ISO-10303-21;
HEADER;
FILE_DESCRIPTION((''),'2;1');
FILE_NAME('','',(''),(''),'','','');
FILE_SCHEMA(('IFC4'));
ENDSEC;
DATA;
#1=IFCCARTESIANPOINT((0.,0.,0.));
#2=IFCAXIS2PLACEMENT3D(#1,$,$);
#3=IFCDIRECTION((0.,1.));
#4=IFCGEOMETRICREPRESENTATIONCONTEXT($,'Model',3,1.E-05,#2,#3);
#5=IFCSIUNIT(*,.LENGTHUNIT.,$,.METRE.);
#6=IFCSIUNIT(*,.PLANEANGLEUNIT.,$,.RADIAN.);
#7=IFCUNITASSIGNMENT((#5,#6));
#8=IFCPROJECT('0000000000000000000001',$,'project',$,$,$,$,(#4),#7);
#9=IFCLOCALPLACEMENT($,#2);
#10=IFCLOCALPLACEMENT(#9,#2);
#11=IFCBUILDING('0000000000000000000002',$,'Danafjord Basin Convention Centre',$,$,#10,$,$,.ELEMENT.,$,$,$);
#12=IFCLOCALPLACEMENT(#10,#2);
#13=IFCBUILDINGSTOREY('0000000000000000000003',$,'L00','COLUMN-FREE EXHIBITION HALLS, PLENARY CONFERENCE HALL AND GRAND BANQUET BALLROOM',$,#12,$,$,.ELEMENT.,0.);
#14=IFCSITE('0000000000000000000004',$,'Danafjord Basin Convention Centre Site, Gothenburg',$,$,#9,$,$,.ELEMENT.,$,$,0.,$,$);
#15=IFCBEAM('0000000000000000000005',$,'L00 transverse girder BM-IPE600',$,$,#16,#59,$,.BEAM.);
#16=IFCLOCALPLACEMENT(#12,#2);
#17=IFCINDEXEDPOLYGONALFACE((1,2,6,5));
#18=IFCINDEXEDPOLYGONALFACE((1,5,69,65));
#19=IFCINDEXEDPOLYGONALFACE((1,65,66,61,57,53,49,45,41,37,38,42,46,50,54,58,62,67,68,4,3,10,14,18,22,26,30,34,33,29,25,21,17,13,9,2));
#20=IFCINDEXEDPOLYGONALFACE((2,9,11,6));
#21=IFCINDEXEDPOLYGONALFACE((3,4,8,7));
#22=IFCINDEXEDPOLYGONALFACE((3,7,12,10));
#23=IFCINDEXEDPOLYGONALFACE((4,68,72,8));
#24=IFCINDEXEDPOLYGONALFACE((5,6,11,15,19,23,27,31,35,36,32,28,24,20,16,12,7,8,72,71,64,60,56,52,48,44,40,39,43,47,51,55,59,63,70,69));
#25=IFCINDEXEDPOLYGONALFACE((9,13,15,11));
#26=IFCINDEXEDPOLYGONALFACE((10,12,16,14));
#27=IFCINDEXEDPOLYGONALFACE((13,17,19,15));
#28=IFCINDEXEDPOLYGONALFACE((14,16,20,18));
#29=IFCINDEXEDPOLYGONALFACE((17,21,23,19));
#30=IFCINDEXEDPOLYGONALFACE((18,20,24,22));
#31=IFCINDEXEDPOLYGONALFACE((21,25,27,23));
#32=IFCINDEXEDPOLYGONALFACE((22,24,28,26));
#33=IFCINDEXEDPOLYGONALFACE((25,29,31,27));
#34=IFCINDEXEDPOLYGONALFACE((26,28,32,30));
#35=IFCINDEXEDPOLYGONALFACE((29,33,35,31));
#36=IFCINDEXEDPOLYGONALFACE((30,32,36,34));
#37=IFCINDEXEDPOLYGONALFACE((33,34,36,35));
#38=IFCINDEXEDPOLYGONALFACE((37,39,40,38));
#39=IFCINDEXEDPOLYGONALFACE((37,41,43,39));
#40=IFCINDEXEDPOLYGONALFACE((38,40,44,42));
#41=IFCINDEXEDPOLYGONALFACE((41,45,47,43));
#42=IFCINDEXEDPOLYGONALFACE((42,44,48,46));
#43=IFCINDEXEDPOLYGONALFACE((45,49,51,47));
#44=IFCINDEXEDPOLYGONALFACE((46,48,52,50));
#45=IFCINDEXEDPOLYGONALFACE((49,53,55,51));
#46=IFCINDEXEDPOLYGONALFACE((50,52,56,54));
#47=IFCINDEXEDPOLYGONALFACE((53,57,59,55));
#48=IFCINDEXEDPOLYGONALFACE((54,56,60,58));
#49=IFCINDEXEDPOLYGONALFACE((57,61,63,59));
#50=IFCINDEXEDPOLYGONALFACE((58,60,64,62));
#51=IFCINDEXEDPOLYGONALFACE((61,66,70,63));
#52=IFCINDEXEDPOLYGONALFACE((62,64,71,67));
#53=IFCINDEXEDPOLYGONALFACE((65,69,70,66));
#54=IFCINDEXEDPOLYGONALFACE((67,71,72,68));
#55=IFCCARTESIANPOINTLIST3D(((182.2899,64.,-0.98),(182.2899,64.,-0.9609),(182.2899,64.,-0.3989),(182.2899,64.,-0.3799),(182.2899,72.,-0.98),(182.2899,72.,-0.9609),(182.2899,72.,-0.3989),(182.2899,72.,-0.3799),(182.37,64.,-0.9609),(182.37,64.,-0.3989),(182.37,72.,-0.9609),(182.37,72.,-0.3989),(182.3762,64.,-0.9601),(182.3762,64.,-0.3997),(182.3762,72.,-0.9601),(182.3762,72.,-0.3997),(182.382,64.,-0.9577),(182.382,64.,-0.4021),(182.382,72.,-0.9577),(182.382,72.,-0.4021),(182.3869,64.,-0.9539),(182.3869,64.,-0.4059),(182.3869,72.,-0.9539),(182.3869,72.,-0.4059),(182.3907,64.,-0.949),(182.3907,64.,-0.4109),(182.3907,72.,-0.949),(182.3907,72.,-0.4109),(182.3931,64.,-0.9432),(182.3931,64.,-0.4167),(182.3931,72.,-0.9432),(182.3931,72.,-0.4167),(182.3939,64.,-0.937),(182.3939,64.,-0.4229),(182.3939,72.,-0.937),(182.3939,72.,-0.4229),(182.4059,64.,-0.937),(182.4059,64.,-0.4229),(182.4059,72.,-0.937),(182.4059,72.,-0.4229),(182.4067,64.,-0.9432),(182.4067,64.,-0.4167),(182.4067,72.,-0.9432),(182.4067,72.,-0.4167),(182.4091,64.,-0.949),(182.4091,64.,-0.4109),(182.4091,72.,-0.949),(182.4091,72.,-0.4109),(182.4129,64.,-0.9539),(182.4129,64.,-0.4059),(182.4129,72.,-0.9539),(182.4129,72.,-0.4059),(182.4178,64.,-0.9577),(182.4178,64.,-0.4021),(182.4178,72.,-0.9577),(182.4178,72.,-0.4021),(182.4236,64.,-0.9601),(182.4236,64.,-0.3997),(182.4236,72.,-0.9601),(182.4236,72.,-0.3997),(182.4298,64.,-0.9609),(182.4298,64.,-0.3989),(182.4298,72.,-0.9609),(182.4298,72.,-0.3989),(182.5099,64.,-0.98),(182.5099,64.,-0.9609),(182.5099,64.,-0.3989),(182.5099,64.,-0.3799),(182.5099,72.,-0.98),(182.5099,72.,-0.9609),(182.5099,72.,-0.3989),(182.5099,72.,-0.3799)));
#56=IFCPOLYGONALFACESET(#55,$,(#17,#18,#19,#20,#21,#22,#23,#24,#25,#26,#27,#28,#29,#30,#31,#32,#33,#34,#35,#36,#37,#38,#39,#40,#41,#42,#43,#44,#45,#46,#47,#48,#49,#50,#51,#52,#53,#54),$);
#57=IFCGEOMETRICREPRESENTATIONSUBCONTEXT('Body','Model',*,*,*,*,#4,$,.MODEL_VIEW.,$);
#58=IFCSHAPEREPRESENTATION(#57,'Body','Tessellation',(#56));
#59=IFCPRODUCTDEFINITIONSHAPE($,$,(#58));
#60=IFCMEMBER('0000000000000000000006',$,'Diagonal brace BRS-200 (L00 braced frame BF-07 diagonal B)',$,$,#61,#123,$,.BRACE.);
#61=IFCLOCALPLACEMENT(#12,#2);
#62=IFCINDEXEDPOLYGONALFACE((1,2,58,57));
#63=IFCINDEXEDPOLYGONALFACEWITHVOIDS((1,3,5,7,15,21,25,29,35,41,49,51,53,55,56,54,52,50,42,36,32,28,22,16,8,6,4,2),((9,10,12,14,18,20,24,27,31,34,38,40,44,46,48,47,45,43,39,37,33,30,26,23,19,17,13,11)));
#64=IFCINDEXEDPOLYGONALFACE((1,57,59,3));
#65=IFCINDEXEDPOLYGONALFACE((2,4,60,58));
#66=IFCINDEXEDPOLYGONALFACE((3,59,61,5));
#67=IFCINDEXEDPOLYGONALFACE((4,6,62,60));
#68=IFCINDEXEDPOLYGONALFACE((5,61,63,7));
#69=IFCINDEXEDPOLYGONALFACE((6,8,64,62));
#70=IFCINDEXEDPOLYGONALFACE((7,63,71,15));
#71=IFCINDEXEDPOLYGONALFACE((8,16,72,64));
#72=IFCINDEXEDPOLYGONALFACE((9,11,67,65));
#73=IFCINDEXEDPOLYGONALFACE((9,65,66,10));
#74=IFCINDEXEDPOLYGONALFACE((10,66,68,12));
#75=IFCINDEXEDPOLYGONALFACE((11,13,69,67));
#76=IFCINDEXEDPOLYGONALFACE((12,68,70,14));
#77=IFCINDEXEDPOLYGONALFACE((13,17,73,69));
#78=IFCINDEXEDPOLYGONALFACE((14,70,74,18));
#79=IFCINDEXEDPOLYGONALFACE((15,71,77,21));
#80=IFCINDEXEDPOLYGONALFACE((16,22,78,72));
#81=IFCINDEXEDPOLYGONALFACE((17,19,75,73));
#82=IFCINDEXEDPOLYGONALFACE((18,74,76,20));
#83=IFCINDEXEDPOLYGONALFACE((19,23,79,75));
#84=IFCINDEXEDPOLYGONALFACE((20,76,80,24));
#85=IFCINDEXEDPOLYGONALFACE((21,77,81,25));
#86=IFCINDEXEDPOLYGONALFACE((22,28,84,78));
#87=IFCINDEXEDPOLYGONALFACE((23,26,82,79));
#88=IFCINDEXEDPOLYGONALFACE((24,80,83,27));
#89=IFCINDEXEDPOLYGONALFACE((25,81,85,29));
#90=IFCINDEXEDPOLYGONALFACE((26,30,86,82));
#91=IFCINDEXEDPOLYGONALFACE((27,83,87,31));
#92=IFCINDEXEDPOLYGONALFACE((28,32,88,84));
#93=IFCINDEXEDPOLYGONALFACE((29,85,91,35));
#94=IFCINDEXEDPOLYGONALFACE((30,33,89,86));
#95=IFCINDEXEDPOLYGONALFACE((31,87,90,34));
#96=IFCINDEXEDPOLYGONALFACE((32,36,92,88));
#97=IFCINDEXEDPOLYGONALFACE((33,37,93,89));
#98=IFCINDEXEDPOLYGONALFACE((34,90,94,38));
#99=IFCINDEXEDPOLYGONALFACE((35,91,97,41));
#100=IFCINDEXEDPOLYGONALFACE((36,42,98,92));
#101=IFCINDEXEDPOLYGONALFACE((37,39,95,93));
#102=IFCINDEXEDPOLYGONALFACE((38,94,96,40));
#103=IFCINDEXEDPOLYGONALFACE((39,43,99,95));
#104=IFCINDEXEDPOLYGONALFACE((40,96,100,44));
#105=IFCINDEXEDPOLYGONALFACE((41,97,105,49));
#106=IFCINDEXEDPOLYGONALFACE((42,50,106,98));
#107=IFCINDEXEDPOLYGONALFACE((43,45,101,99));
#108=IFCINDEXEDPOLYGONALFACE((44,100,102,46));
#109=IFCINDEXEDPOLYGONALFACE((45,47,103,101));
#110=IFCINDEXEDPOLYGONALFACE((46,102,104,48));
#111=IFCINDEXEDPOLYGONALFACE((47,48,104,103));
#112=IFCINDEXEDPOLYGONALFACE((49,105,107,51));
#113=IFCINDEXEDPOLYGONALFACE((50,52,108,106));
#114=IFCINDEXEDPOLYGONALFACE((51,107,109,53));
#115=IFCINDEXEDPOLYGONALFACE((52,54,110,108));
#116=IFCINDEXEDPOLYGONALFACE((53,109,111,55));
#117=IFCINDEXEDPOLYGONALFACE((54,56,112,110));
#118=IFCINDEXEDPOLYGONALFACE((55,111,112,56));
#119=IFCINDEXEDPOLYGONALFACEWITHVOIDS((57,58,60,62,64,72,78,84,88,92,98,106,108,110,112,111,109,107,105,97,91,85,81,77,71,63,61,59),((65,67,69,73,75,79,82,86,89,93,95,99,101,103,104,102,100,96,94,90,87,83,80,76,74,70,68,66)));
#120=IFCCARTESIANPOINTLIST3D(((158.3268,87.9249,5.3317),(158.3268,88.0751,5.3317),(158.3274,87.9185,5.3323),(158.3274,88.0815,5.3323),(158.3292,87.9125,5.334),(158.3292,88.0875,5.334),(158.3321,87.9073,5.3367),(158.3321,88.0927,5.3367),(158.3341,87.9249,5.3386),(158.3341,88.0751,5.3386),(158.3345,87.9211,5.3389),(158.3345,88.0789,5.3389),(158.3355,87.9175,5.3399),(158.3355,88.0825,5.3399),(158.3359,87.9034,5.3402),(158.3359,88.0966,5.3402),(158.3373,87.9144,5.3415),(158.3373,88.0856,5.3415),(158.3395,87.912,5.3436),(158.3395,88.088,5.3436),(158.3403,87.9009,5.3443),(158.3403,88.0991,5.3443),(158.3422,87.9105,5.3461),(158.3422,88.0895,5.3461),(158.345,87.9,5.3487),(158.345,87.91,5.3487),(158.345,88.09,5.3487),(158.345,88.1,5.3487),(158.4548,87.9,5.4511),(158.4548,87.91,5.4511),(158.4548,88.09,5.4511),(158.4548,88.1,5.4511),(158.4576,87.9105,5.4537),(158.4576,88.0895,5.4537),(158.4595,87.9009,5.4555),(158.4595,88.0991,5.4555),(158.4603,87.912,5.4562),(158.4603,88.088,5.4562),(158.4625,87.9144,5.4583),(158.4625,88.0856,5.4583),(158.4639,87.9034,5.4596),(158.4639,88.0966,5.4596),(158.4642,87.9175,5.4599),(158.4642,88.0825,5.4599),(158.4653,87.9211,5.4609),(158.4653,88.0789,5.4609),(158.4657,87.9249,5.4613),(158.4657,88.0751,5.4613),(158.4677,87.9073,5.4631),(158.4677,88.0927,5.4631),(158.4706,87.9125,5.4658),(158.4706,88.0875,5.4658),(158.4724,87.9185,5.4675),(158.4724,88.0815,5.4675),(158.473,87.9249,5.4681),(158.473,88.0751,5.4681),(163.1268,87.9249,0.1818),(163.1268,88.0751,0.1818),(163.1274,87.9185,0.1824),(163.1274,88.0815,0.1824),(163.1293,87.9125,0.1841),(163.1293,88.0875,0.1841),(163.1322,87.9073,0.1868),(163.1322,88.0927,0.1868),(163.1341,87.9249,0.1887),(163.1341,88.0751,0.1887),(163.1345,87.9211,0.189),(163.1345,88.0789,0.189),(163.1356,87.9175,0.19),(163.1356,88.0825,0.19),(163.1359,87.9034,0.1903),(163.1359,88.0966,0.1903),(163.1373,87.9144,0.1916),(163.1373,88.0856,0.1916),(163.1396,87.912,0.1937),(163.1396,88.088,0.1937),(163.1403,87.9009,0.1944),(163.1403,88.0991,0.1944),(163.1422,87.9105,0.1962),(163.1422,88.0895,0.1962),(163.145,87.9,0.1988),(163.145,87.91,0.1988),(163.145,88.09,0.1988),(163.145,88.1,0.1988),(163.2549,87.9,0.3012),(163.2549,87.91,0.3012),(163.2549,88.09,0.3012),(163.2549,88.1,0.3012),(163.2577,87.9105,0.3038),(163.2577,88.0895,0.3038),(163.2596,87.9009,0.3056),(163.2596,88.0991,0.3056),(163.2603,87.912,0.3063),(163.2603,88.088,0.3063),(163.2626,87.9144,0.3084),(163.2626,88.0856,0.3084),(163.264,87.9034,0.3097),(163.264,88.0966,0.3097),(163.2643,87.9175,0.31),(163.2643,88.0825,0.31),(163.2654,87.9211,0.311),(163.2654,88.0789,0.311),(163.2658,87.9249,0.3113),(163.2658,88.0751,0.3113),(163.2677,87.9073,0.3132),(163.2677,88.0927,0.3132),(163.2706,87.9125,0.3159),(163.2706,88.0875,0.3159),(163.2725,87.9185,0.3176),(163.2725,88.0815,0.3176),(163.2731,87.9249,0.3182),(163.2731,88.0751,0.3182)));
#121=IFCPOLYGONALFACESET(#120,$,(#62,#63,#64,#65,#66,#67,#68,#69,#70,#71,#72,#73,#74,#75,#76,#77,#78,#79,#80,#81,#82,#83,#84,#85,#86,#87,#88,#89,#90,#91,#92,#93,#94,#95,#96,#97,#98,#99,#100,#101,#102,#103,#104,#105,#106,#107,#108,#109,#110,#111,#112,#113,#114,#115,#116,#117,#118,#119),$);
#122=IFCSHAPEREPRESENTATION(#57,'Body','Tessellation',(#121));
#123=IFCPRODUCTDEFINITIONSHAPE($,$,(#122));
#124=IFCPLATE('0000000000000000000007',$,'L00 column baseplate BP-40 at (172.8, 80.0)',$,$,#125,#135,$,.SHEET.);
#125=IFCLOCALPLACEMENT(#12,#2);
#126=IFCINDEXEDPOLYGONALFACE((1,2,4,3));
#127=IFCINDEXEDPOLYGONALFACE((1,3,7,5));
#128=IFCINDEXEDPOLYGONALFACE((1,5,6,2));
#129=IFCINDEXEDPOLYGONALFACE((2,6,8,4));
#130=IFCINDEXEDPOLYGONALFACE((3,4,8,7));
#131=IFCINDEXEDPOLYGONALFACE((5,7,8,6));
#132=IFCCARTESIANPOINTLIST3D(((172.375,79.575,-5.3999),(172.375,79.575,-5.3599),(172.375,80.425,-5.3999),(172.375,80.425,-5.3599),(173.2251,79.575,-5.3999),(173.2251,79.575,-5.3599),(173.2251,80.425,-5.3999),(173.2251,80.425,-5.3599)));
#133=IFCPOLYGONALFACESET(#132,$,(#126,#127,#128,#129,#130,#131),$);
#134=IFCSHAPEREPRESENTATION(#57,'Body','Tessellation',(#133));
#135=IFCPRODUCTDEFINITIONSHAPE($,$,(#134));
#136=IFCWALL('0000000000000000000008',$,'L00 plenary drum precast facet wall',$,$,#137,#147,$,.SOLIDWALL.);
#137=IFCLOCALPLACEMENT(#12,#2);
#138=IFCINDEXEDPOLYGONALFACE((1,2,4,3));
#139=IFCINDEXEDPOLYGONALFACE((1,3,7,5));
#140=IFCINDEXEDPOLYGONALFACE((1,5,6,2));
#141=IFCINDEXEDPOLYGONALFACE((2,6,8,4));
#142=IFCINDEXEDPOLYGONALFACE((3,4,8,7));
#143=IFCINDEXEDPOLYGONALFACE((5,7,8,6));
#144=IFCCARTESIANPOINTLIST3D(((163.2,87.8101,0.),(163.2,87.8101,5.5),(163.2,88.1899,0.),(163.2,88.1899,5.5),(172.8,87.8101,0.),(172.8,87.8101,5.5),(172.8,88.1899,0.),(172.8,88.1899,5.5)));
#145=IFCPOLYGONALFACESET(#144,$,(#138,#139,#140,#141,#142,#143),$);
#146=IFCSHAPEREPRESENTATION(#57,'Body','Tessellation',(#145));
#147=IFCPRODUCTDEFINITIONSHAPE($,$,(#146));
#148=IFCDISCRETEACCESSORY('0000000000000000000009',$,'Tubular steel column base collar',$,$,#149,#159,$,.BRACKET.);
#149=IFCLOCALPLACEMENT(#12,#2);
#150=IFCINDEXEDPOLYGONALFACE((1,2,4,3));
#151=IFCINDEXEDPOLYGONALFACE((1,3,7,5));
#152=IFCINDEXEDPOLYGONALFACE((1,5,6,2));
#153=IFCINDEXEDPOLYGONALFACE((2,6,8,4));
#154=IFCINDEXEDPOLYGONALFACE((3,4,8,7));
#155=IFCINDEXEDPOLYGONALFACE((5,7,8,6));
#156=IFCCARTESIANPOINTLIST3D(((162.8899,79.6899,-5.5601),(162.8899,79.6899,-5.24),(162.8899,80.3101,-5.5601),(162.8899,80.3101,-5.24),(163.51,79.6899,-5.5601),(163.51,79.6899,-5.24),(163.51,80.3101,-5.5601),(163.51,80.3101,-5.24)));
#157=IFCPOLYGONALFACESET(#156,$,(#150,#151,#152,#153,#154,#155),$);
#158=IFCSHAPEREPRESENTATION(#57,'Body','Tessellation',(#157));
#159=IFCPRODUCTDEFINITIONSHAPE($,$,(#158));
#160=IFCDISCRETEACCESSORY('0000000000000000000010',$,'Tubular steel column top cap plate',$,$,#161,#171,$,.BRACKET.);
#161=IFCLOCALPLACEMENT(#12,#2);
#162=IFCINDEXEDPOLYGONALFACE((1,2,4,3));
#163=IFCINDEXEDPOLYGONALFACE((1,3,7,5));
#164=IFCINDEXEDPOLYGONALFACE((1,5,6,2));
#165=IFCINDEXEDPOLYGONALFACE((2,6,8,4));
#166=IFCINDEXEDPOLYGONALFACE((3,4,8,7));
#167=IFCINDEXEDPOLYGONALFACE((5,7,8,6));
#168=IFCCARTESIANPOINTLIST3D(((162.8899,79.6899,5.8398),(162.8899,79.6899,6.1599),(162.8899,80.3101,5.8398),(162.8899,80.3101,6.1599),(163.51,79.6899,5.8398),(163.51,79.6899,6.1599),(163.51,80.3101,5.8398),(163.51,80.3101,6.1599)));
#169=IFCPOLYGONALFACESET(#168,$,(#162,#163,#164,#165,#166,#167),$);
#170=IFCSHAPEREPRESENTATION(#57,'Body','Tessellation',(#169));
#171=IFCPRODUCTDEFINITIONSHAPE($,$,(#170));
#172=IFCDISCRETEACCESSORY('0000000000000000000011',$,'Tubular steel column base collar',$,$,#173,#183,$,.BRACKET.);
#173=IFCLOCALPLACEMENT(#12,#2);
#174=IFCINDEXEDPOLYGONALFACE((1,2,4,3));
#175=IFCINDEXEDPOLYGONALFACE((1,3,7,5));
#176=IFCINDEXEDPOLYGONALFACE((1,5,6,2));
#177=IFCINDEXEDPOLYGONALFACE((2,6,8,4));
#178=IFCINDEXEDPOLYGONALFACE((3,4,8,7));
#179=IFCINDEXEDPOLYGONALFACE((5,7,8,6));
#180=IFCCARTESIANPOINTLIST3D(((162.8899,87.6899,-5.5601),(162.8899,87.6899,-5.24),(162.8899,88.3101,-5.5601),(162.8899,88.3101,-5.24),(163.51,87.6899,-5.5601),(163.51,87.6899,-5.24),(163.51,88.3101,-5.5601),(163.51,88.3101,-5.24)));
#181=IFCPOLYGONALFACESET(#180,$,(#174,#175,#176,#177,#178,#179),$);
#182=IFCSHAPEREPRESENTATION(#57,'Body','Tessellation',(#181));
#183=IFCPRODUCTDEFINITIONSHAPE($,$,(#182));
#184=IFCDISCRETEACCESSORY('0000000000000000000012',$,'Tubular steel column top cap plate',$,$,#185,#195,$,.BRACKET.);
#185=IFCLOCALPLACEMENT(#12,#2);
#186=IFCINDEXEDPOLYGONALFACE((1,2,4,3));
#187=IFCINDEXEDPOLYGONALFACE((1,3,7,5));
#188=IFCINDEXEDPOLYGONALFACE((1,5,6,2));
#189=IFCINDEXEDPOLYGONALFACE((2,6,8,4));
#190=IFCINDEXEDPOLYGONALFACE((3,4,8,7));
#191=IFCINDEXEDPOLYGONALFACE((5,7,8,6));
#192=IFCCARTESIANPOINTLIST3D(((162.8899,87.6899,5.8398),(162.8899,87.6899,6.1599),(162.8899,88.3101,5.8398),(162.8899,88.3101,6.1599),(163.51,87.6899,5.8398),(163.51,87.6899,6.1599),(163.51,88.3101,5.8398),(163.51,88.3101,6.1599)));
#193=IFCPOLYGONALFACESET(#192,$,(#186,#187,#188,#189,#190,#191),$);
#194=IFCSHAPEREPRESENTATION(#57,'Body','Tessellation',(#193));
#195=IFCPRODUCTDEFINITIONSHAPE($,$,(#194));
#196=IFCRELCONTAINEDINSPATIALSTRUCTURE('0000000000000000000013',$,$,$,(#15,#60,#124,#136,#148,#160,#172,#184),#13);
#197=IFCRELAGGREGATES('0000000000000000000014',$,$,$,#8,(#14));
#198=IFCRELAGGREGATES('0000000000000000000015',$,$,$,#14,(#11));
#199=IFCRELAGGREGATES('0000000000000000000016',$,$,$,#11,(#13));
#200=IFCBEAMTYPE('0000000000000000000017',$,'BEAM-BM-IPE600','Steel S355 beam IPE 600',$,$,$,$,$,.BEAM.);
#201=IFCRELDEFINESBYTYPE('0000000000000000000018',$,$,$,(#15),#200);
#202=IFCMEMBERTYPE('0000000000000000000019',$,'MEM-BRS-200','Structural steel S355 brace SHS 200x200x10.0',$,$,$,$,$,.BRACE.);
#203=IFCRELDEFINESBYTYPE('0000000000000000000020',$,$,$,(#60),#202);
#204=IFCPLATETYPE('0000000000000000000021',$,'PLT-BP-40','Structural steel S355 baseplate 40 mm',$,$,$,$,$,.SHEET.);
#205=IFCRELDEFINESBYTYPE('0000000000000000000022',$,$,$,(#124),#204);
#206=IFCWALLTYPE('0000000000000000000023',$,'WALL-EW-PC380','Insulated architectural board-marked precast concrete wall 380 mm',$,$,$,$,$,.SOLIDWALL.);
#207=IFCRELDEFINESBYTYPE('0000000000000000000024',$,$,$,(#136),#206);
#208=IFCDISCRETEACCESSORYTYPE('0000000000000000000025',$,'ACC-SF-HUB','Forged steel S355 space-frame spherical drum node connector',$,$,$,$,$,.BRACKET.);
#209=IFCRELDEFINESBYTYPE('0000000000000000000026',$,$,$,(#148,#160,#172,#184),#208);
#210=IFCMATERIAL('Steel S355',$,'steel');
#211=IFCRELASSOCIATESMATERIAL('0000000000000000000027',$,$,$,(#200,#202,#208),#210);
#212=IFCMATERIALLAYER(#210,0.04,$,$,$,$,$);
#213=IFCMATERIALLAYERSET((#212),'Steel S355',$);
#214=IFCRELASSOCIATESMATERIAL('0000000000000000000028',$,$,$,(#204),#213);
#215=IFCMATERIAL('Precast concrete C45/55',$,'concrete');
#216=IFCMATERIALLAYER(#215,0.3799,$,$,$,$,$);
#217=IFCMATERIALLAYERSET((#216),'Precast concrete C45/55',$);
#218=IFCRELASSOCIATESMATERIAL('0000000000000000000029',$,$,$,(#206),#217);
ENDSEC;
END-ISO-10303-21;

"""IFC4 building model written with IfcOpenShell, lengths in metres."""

from ifc_helpers import new_model, si_unit, direction, frame, frame_2d, origin, origin_2d, place, context, subcontext, project, spatial, rectangle, hollow_rectangle, i_section, extrude, material, layer, layer_set, material_profile, profile_set, type_object, element, save


model = new_model("IFC4")

# Units and contexts
model_context = context("Model", 3, precision=1e-05, world=origin(), true_north=direction((0.0, 1.0)))
body_context = subcontext(model_context, "Body", "Model", "MODEL_VIEW")
ifc_project = project(units=[si_unit("LENGTHUNIT", "METRE"), si_unit("PLANEANGLEUNIT", "RADIAN")], contexts=[model_context])

# Site, building, storey
site_placement = place(None, origin())
site = spatial("IfcSite", under=ifc_project, at=site_placement, Name="Danafjord Basin Convention Centre Site, Gothenburg", CompositionType="ELEMENT", RefElevation=0.0)
building_placement = place(site_placement, origin())
building = spatial("IfcBuilding", under=site, at=building_placement, Name="Danafjord Basin Convention Centre", CompositionType="ELEMENT")
storey_placement = place(building_placement, origin())
storey = spatial("IfcBuildingStorey", under=building, at=storey_placement, Name="L00", Description="COLUMN-FREE EXHIBITION HALLS, PLENARY CONFERENCE HALL AND GRAND BANQUET BALLROOM", CompositionType="ELEMENT", Elevation=0.0)

# Shared definitions
ifc_material_1 = material(Name="Steel S355", Category="steel")

# Beam
ifc_material_profile_1 = material_profile(ifc_material_1, i_section(OverallWidth=0.22, OverallDepth=0.6001, WebThickness=0.012, FlangeThickness=0.019, FilletRadius=0.0239, at=origin_2d()), Name="IPE 600")
ifc_profile_set_1 = profile_set([ifc_material_profile_1], Name="Steel S355")
beam_type_1 = type_object("IfcBeamType", Name="BEAM-BM-IPE600", Description="Steel S355 beam IPE 600", PredefinedType="BEAM", material=ifc_profile_set_1)
beam_1_placement = place(storey_placement, frame((182.3999, 64.0, -0.6799), z_axis=(0.0, 1.0, 0.0), x_axis=(-1.0, 0.0, 0.0)))
element("IfcBeam", 1, at=beam_1_placement, inside=storey, type_object=beam_type_1, Name="L00 transverse girder BM-IPE600", PredefinedType="BEAM", context=body_context, shape_type="SweptSolid", body=[
    extrude(i_section(OverallWidth=0.22, OverallDepth=0.6001, WebThickness=0.012, FlangeThickness=0.019, FilletRadius=0.0239, at=origin_2d()), origin(), (0.0, 0.0, 1.0), 8.0),
])

# Member
ifc_material_profile_2 = material_profile(ifc_material_1, hollow_rectangle(XDim=0.2, YDim=0.2, WallThickness=0.01, InnerFilletRadius=0.0149, OuterFilletRadius=0.0249, at=origin_2d()), Name="SHS 200x200x10.0")
ifc_profile_set_2 = profile_set([ifc_material_profile_2], Name="Steel S355")
member_type = type_object("IfcMemberType", Name="MEM-BRS-200", Description="Structural steel S355 brace SHS 200x200x10.0", PredefinedType="BRACE", material=ifc_profile_set_2)
member_placement = place(storey_placement, frame((163.2, 88.0, 0.25), z_axis=(-0.681823, 0.0, 0.731518), x_axis=(0.0, -1.0, 0.0)))
element("IfcMember", 2, at=member_placement, inside=storey, type_object=member_type, Name="Diagonal brace BRS-200 (L00 braced frame BF-07 diagonal B)", PredefinedType="BRACE", context=body_context, shape_type="SweptSolid", body=[
    extrude(hollow_rectangle(XDim=0.2, YDim=0.2, WallThickness=0.01, InnerFilletRadius=0.0149, OuterFilletRadius=0.0249, at=origin_2d()), origin(), (0.0, 0.0, 1.0), 7.04),
])

# Plate
ifc_layer_1 = layer(ifc_material_1, 0.04)
ifc_layer_set_1 = layer_set([ifc_layer_1], Name="Steel S355")
plate_type = type_object("IfcPlateType", Name="PLT-BP-40", Description="Structural steel S355 baseplate 40 mm", PredefinedType="SHEET", material=ifc_layer_set_1)
plate_placement = place(storey_placement, frame((172.8, 80.0, -5.3999), z_axis=(0.0, 0.0, 1.0), x_axis=(1.0, 0.0, 0.0)))
element("IfcPlate", 3, at=plate_placement, inside=storey, type_object=plate_type, Name="L00 column baseplate BP-40 at (172.8, 80.0)", PredefinedType="SHEET", context=body_context, shape_type="SweptSolid", body=[
    extrude(rectangle(XDim=0.8501, YDim=0.8501, at=origin_2d()), origin(), (0.0, 0.0, 1.0), 0.04),
])

# Wall
ifc_material_2 = material(Name="Precast concrete C45/55", Category="concrete")
ifc_layer_2 = layer(ifc_material_2, 0.3799)
ifc_layer_set_2 = layer_set([ifc_layer_2], Name="Precast concrete C45/55")
wall_type = type_object("IfcWallType", Name="WALL-EW-PC380", Description="Insulated architectural board-marked precast concrete wall 380 mm", PredefinedType="SOLIDWALL", material=ifc_layer_set_2)
wall_placement = place(storey_placement, frame((163.2, 88.0, 0.0), z_axis=(0.0, 0.0, 1.0), x_axis=(1.0, 0.0, 0.0)))
element("IfcWall", 4, at=wall_placement, inside=storey, type_object=wall_type, Name="L00 plenary drum precast facet wall", PredefinedType="SOLIDWALL", context=body_context, shape_type="SweptSolid", body=[
    extrude(rectangle(XDim=9.6001, YDim=0.3799, at=frame_2d((4.8, 0.0))), origin(), (0.0, 0.0, 1.0), 5.5),
])

# Discrete accessories
discrete_accessory_type = type_object("IfcDiscreteAccessoryType", Name="ACC-SF-HUB", Description="Forged steel S355 space-frame spherical drum node connector", PredefinedType="BRACKET", material=ifc_material_1)
for number, where, z_axis, x_axis, name in (
    (5, (163.2, 80.0, -5.5601), (0.0, 0.0, 1.0), (1.0, 0.0, 0.0), "Tubular steel column base collar"),
    (6, (163.2, 80.0, 5.8398), (0.0, 0.0, 1.0), (1.0, 0.0, 0.0), "Tubular steel column top cap plate"),
    (7, (163.2, 88.0, -5.5601), (0.0, 0.0, 1.0), (1.0, 0.0, 0.0), "Tubular steel column base collar"),
    (8, (163.2, 88.0, 5.8398), (0.0, 0.0, 1.0), (1.0, 0.0, 0.0), "Tubular steel column top cap plate"),
):
    element("IfcDiscreteAccessory", number, at=place(storey_placement, frame(where, z_axis=z_axis, x_axis=x_axis)), inside=storey, type_object=discrete_accessory_type, Name=name, PredefinedType="BRACKET", context=body_context, shape_type="SweptSolid", body=[
        extrude(rectangle(XDim=0.6201, YDim=0.6201, at=origin_2d()), origin(), (0.0, 0.0, 1.0), 0.3201),
    ])

save(model, "model.ifc")
